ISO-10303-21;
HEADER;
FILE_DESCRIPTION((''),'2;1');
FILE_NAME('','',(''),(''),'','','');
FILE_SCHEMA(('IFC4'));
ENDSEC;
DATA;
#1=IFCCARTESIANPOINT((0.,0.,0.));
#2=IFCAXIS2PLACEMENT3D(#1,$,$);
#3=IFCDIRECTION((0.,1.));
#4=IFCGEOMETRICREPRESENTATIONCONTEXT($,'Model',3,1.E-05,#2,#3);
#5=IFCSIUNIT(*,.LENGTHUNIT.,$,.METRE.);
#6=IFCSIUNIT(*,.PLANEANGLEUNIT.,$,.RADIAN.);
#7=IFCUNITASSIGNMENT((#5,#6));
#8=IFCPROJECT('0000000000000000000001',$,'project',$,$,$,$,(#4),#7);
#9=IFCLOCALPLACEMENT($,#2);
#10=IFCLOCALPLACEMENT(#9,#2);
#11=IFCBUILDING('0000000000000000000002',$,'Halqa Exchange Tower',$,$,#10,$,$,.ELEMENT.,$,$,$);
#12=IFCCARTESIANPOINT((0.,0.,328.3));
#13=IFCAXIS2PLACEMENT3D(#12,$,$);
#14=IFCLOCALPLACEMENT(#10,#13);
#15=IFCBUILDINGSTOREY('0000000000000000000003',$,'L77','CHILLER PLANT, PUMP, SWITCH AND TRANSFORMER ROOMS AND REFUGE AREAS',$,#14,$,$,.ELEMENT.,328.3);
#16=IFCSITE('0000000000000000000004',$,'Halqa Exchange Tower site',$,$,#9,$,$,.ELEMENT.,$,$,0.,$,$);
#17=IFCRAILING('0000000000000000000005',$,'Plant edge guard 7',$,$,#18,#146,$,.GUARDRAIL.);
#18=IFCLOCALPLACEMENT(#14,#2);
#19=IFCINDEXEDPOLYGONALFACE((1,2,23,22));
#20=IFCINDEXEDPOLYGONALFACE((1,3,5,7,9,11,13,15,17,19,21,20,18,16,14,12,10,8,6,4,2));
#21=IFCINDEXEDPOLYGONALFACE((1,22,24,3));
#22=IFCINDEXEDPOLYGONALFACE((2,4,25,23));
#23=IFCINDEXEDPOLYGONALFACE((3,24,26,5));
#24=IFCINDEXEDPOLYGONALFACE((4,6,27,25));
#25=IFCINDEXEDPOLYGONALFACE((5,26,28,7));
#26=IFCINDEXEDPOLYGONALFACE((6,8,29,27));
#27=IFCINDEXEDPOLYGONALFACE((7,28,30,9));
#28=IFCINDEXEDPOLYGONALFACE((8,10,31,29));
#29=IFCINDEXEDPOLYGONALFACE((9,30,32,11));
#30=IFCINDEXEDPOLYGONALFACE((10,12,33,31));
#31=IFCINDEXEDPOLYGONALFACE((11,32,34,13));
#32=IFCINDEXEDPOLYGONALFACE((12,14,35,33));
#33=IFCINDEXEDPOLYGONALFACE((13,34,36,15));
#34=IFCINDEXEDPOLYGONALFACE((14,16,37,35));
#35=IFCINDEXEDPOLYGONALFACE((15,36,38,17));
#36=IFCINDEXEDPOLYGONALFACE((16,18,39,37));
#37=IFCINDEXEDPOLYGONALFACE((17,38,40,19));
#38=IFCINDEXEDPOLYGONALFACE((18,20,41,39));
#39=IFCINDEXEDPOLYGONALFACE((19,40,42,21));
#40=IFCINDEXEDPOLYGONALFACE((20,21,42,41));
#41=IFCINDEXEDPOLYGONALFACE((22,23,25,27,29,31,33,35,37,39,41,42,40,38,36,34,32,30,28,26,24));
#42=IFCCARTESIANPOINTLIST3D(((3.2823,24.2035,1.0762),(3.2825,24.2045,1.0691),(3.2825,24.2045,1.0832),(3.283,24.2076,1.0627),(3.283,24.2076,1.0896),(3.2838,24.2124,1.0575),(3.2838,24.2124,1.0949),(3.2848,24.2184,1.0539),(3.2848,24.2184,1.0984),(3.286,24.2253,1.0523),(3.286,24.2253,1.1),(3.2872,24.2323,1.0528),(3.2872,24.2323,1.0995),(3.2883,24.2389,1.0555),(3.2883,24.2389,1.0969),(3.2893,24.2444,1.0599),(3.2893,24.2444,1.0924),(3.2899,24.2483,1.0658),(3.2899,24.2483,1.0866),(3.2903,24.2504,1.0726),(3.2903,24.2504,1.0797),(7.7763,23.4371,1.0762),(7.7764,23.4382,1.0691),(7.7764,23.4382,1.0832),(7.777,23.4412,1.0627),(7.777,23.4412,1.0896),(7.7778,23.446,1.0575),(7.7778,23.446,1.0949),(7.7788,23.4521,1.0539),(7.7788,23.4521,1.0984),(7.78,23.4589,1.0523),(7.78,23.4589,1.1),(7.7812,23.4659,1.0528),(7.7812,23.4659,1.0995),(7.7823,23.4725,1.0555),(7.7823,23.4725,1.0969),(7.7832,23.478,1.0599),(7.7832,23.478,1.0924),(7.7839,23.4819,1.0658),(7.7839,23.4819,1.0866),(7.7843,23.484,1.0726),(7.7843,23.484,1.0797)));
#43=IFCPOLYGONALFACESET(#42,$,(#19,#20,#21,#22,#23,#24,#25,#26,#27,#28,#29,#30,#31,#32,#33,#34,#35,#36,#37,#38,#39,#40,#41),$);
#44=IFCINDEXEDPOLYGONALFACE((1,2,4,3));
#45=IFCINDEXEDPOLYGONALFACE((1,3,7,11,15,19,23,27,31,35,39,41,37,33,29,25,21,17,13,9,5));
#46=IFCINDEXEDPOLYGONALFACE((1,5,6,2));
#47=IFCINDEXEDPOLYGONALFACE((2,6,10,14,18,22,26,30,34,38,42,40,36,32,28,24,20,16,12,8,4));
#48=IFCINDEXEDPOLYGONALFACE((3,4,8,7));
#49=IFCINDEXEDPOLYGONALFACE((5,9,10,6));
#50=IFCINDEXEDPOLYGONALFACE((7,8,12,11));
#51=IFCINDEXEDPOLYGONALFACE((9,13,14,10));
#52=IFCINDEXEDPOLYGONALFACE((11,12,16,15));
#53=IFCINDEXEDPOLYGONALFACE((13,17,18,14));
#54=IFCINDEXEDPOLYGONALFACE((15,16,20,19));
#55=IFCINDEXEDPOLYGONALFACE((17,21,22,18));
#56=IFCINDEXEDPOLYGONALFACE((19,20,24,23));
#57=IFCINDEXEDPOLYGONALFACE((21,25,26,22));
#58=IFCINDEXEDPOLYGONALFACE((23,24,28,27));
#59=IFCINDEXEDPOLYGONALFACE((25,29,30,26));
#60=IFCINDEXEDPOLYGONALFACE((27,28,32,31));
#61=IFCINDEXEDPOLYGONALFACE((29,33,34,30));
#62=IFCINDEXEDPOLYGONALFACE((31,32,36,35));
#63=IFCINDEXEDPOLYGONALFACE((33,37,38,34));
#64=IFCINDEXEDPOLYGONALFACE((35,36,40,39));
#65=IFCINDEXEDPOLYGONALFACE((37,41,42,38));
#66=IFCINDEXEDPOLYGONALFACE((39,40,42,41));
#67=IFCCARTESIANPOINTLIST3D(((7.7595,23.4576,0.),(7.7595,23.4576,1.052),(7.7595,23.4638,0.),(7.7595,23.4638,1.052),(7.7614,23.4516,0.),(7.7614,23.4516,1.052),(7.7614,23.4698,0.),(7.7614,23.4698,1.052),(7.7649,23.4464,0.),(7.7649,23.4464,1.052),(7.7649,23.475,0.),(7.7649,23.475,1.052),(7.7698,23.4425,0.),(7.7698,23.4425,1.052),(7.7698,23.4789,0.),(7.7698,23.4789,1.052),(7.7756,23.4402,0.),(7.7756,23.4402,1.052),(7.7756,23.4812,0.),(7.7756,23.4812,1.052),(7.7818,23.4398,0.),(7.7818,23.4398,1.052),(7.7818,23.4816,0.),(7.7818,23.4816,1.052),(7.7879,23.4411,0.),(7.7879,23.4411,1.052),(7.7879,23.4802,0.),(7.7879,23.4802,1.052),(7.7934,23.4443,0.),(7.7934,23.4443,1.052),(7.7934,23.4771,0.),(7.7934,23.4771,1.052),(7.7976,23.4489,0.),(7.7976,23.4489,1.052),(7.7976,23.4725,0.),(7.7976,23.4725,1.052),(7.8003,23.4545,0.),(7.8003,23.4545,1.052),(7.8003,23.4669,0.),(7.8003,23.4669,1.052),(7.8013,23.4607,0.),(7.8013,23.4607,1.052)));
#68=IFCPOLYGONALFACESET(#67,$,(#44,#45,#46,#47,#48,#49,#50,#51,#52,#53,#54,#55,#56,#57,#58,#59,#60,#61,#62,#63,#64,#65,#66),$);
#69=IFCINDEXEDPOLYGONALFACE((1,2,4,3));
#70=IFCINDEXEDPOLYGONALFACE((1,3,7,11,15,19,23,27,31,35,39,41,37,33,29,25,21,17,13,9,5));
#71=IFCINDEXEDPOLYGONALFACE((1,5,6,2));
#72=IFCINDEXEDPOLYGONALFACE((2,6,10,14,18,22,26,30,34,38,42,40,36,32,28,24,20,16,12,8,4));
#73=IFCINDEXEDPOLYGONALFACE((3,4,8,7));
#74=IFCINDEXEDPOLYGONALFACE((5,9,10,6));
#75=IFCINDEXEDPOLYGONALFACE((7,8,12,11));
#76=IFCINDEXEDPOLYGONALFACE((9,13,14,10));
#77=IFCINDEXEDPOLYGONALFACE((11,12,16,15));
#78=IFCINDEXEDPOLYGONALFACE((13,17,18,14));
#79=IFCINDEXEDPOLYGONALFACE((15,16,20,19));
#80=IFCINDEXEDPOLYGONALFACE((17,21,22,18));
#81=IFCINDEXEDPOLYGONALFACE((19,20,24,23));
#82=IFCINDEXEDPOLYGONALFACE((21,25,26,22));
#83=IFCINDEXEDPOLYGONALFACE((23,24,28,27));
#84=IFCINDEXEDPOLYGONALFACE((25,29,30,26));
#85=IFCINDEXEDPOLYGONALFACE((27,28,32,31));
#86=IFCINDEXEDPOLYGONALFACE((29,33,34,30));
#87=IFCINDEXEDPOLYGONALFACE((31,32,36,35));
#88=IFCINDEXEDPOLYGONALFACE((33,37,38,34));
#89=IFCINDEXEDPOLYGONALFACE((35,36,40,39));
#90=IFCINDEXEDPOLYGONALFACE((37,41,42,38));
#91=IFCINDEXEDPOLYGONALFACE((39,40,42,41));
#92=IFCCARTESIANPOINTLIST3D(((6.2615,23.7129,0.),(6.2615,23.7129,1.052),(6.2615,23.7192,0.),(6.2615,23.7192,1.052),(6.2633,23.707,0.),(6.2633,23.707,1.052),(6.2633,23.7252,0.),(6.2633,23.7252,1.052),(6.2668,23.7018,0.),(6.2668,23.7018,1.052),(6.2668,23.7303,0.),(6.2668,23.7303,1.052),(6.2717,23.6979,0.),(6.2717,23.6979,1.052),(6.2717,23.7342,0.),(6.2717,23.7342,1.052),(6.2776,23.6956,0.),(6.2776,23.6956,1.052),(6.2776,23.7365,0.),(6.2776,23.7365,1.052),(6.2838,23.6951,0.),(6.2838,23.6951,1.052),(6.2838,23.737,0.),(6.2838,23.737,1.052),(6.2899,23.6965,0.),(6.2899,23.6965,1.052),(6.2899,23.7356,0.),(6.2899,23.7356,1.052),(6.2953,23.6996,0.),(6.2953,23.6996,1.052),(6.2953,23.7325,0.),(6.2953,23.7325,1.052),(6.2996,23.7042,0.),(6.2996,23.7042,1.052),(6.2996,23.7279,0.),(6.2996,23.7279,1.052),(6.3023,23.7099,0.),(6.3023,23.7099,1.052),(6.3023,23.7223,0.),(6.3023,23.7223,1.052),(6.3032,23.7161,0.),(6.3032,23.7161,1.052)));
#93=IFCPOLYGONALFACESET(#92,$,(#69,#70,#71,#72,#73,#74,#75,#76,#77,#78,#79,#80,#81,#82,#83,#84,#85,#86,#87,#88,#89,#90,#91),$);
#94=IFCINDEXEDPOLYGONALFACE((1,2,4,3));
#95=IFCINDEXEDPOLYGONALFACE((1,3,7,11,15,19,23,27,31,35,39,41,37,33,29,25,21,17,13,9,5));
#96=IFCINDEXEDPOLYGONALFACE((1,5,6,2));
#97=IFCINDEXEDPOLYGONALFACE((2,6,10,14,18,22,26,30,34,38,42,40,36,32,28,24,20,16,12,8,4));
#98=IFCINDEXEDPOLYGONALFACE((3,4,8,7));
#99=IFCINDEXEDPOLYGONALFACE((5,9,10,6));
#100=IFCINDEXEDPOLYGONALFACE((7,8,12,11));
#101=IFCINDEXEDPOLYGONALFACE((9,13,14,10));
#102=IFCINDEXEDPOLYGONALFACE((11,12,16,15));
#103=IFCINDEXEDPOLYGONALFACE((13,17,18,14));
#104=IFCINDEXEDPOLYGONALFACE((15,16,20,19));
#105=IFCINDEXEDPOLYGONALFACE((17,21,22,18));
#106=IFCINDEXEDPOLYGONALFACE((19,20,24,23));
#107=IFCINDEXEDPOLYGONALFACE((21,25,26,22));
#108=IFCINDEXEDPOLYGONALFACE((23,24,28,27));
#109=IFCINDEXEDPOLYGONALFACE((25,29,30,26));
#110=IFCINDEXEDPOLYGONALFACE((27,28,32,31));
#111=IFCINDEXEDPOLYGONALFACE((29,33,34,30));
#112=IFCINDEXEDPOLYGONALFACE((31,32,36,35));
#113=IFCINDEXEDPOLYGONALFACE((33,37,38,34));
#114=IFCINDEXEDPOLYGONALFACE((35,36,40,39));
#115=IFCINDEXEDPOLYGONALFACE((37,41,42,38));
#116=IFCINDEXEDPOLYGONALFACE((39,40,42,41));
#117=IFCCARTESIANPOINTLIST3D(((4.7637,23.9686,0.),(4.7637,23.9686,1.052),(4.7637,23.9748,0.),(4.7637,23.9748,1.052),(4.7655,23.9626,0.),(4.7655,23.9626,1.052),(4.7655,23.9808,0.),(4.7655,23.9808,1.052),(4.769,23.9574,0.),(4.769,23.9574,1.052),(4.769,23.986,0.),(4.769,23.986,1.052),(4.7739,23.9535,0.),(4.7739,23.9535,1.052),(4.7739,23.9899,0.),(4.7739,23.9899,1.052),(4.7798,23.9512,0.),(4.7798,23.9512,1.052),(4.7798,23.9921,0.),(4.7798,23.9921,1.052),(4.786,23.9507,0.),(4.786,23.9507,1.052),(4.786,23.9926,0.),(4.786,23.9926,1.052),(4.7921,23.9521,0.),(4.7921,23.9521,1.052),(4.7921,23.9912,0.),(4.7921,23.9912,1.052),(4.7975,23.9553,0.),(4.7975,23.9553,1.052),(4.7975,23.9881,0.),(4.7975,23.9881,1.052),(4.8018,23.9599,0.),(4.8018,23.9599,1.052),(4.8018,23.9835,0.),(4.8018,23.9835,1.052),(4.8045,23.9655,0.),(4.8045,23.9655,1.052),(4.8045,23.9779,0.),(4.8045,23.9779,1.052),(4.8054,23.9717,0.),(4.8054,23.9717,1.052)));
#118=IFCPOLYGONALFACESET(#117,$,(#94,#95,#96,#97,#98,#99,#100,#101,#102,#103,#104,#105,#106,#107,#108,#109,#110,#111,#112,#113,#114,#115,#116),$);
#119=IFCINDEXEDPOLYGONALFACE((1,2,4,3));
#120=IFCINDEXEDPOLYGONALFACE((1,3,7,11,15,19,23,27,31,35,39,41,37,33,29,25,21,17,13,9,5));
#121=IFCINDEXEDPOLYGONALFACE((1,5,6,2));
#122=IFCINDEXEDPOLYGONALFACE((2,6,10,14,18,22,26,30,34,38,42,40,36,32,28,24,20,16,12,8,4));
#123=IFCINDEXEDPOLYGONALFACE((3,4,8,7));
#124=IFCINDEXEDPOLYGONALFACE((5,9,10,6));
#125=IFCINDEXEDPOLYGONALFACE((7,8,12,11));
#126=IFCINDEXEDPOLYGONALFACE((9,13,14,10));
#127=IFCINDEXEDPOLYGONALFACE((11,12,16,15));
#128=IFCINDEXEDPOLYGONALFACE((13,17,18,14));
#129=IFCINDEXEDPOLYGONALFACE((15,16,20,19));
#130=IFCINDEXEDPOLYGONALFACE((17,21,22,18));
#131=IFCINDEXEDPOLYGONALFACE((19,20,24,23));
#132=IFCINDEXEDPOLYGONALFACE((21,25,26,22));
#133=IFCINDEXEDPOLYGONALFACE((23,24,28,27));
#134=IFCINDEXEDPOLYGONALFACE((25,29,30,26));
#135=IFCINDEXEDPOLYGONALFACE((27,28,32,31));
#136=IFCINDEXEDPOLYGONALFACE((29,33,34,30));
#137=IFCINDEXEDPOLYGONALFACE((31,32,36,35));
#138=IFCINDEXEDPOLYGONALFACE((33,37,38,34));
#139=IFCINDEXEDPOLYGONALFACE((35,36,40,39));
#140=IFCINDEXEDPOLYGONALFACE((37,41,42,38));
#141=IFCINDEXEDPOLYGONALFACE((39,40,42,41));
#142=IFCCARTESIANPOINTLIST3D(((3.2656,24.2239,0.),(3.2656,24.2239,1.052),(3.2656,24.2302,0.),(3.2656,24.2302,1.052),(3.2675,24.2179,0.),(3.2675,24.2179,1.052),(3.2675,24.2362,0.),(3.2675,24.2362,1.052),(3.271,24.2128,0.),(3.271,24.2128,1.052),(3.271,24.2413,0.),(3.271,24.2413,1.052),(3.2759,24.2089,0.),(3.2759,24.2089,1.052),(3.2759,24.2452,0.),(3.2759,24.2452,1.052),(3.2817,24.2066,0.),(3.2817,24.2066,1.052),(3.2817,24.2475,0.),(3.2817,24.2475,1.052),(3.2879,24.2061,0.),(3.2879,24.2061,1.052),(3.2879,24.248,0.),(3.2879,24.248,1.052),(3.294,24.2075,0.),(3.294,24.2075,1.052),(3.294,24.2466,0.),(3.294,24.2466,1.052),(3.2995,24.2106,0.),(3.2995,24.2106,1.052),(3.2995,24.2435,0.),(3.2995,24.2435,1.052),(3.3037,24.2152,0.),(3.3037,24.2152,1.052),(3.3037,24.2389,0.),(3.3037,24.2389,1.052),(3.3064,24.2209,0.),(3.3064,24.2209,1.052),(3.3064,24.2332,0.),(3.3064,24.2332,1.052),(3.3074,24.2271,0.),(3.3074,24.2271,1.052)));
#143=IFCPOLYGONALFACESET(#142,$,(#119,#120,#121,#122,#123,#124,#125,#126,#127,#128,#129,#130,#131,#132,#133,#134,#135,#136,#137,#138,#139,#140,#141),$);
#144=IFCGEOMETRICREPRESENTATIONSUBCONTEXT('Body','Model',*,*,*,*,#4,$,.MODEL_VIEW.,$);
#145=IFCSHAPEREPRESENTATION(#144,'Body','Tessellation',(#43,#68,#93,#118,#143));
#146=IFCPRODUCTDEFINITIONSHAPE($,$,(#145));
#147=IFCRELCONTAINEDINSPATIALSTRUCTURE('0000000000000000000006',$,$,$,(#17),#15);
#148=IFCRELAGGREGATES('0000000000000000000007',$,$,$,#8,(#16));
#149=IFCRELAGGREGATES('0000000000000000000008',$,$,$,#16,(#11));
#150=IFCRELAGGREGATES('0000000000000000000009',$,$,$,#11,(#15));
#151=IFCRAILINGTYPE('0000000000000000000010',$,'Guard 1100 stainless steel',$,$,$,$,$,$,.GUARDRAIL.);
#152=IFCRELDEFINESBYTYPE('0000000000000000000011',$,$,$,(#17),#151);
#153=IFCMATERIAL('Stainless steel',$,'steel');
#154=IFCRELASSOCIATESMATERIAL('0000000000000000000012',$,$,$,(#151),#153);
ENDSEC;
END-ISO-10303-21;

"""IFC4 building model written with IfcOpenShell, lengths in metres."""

from ifc_helpers import new_model, si_unit, direction, frame, origin, origin_2d, place, context, subcontext, project, spatial, circle, extrude, material, type_object, element, save


model = new_model("IFC4")

# Units and contexts
model_context = context("Model", 3, precision=1e-05, world=origin(), true_north=direction((0.0, 1.0)))
body_context = subcontext(model_context, "Body", "Model", "MODEL_VIEW")
ifc_project = project(units=[si_unit("LENGTHUNIT", "METRE"), si_unit("PLANEANGLEUNIT", "RADIAN")], contexts=[model_context])

# Site, building, storey
site_placement = place(None, origin())
site = spatial("IfcSite", under=ifc_project, at=site_placement, Name="Halqa Exchange Tower site", CompositionType="ELEMENT", RefElevation=0.0)
building_placement = place(site_placement, origin())
building = spatial("IfcBuilding", under=site, at=building_placement, Name="Halqa Exchange Tower", CompositionType="ELEMENT")
storey_placement = place(building_placement, frame((0.0, 0.0, 328.3)))
storey = spatial("IfcBuildingStorey", under=building, at=storey_placement, Name="L77", Description="CHILLER PLANT, PUMP, SWITCH AND TRANSFORMER ROOMS AND REFUGE AREAS", CompositionType="ELEMENT", Elevation=328.3)

# Railing
ifc_material_1 = material(Name="Stainless steel", Category="steel")
railing_type = type_object("IfcRailingType", Name="Guard 1100 stainless steel", PredefinedType="GUARDRAIL", material=ifc_material_1)
railing_1_placement = place(storey_placement, frame((7.7803, 23.4607, 0.0)))
element("IfcRailing", 1, at=railing_1_placement, inside=storey, type_object=railing_type, Name="Plant edge guard 7", PredefinedType="GUARDRAIL", context=body_context, shape_type="SweptSolid", body=[
    extrude(circle(Radius=0.0239, at=origin_2d()), frame((0.0, 0.0, 1.0762), z_axis=(-0.985769, 0.168106, 0.0), x_axis=(-0.168106, -0.985769, 0.0)), (0.0, 0.0, 1.0), 4.5588),
    extrude(circle(Radius=0.021, at=origin_2d()), origin(), (0.0, 0.0, 1.0), 1.052),
    extrude(circle(Radius=0.021, at=origin_2d()), frame((-1.498, 0.2554, 0.0)), (0.0, 0.0, 1.0), 1.052),
    extrude(circle(Radius=0.021, at=origin_2d()), frame((-2.9958, 0.511, 0.0)), (0.0, 0.0, 1.0), 1.052),
    extrude(circle(Radius=0.021, at=origin_2d()), frame((-4.4939, 0.7664, 0.0)), (0.0, 0.0, 1.0), 1.052),
])

save(model, "model.ifc")
